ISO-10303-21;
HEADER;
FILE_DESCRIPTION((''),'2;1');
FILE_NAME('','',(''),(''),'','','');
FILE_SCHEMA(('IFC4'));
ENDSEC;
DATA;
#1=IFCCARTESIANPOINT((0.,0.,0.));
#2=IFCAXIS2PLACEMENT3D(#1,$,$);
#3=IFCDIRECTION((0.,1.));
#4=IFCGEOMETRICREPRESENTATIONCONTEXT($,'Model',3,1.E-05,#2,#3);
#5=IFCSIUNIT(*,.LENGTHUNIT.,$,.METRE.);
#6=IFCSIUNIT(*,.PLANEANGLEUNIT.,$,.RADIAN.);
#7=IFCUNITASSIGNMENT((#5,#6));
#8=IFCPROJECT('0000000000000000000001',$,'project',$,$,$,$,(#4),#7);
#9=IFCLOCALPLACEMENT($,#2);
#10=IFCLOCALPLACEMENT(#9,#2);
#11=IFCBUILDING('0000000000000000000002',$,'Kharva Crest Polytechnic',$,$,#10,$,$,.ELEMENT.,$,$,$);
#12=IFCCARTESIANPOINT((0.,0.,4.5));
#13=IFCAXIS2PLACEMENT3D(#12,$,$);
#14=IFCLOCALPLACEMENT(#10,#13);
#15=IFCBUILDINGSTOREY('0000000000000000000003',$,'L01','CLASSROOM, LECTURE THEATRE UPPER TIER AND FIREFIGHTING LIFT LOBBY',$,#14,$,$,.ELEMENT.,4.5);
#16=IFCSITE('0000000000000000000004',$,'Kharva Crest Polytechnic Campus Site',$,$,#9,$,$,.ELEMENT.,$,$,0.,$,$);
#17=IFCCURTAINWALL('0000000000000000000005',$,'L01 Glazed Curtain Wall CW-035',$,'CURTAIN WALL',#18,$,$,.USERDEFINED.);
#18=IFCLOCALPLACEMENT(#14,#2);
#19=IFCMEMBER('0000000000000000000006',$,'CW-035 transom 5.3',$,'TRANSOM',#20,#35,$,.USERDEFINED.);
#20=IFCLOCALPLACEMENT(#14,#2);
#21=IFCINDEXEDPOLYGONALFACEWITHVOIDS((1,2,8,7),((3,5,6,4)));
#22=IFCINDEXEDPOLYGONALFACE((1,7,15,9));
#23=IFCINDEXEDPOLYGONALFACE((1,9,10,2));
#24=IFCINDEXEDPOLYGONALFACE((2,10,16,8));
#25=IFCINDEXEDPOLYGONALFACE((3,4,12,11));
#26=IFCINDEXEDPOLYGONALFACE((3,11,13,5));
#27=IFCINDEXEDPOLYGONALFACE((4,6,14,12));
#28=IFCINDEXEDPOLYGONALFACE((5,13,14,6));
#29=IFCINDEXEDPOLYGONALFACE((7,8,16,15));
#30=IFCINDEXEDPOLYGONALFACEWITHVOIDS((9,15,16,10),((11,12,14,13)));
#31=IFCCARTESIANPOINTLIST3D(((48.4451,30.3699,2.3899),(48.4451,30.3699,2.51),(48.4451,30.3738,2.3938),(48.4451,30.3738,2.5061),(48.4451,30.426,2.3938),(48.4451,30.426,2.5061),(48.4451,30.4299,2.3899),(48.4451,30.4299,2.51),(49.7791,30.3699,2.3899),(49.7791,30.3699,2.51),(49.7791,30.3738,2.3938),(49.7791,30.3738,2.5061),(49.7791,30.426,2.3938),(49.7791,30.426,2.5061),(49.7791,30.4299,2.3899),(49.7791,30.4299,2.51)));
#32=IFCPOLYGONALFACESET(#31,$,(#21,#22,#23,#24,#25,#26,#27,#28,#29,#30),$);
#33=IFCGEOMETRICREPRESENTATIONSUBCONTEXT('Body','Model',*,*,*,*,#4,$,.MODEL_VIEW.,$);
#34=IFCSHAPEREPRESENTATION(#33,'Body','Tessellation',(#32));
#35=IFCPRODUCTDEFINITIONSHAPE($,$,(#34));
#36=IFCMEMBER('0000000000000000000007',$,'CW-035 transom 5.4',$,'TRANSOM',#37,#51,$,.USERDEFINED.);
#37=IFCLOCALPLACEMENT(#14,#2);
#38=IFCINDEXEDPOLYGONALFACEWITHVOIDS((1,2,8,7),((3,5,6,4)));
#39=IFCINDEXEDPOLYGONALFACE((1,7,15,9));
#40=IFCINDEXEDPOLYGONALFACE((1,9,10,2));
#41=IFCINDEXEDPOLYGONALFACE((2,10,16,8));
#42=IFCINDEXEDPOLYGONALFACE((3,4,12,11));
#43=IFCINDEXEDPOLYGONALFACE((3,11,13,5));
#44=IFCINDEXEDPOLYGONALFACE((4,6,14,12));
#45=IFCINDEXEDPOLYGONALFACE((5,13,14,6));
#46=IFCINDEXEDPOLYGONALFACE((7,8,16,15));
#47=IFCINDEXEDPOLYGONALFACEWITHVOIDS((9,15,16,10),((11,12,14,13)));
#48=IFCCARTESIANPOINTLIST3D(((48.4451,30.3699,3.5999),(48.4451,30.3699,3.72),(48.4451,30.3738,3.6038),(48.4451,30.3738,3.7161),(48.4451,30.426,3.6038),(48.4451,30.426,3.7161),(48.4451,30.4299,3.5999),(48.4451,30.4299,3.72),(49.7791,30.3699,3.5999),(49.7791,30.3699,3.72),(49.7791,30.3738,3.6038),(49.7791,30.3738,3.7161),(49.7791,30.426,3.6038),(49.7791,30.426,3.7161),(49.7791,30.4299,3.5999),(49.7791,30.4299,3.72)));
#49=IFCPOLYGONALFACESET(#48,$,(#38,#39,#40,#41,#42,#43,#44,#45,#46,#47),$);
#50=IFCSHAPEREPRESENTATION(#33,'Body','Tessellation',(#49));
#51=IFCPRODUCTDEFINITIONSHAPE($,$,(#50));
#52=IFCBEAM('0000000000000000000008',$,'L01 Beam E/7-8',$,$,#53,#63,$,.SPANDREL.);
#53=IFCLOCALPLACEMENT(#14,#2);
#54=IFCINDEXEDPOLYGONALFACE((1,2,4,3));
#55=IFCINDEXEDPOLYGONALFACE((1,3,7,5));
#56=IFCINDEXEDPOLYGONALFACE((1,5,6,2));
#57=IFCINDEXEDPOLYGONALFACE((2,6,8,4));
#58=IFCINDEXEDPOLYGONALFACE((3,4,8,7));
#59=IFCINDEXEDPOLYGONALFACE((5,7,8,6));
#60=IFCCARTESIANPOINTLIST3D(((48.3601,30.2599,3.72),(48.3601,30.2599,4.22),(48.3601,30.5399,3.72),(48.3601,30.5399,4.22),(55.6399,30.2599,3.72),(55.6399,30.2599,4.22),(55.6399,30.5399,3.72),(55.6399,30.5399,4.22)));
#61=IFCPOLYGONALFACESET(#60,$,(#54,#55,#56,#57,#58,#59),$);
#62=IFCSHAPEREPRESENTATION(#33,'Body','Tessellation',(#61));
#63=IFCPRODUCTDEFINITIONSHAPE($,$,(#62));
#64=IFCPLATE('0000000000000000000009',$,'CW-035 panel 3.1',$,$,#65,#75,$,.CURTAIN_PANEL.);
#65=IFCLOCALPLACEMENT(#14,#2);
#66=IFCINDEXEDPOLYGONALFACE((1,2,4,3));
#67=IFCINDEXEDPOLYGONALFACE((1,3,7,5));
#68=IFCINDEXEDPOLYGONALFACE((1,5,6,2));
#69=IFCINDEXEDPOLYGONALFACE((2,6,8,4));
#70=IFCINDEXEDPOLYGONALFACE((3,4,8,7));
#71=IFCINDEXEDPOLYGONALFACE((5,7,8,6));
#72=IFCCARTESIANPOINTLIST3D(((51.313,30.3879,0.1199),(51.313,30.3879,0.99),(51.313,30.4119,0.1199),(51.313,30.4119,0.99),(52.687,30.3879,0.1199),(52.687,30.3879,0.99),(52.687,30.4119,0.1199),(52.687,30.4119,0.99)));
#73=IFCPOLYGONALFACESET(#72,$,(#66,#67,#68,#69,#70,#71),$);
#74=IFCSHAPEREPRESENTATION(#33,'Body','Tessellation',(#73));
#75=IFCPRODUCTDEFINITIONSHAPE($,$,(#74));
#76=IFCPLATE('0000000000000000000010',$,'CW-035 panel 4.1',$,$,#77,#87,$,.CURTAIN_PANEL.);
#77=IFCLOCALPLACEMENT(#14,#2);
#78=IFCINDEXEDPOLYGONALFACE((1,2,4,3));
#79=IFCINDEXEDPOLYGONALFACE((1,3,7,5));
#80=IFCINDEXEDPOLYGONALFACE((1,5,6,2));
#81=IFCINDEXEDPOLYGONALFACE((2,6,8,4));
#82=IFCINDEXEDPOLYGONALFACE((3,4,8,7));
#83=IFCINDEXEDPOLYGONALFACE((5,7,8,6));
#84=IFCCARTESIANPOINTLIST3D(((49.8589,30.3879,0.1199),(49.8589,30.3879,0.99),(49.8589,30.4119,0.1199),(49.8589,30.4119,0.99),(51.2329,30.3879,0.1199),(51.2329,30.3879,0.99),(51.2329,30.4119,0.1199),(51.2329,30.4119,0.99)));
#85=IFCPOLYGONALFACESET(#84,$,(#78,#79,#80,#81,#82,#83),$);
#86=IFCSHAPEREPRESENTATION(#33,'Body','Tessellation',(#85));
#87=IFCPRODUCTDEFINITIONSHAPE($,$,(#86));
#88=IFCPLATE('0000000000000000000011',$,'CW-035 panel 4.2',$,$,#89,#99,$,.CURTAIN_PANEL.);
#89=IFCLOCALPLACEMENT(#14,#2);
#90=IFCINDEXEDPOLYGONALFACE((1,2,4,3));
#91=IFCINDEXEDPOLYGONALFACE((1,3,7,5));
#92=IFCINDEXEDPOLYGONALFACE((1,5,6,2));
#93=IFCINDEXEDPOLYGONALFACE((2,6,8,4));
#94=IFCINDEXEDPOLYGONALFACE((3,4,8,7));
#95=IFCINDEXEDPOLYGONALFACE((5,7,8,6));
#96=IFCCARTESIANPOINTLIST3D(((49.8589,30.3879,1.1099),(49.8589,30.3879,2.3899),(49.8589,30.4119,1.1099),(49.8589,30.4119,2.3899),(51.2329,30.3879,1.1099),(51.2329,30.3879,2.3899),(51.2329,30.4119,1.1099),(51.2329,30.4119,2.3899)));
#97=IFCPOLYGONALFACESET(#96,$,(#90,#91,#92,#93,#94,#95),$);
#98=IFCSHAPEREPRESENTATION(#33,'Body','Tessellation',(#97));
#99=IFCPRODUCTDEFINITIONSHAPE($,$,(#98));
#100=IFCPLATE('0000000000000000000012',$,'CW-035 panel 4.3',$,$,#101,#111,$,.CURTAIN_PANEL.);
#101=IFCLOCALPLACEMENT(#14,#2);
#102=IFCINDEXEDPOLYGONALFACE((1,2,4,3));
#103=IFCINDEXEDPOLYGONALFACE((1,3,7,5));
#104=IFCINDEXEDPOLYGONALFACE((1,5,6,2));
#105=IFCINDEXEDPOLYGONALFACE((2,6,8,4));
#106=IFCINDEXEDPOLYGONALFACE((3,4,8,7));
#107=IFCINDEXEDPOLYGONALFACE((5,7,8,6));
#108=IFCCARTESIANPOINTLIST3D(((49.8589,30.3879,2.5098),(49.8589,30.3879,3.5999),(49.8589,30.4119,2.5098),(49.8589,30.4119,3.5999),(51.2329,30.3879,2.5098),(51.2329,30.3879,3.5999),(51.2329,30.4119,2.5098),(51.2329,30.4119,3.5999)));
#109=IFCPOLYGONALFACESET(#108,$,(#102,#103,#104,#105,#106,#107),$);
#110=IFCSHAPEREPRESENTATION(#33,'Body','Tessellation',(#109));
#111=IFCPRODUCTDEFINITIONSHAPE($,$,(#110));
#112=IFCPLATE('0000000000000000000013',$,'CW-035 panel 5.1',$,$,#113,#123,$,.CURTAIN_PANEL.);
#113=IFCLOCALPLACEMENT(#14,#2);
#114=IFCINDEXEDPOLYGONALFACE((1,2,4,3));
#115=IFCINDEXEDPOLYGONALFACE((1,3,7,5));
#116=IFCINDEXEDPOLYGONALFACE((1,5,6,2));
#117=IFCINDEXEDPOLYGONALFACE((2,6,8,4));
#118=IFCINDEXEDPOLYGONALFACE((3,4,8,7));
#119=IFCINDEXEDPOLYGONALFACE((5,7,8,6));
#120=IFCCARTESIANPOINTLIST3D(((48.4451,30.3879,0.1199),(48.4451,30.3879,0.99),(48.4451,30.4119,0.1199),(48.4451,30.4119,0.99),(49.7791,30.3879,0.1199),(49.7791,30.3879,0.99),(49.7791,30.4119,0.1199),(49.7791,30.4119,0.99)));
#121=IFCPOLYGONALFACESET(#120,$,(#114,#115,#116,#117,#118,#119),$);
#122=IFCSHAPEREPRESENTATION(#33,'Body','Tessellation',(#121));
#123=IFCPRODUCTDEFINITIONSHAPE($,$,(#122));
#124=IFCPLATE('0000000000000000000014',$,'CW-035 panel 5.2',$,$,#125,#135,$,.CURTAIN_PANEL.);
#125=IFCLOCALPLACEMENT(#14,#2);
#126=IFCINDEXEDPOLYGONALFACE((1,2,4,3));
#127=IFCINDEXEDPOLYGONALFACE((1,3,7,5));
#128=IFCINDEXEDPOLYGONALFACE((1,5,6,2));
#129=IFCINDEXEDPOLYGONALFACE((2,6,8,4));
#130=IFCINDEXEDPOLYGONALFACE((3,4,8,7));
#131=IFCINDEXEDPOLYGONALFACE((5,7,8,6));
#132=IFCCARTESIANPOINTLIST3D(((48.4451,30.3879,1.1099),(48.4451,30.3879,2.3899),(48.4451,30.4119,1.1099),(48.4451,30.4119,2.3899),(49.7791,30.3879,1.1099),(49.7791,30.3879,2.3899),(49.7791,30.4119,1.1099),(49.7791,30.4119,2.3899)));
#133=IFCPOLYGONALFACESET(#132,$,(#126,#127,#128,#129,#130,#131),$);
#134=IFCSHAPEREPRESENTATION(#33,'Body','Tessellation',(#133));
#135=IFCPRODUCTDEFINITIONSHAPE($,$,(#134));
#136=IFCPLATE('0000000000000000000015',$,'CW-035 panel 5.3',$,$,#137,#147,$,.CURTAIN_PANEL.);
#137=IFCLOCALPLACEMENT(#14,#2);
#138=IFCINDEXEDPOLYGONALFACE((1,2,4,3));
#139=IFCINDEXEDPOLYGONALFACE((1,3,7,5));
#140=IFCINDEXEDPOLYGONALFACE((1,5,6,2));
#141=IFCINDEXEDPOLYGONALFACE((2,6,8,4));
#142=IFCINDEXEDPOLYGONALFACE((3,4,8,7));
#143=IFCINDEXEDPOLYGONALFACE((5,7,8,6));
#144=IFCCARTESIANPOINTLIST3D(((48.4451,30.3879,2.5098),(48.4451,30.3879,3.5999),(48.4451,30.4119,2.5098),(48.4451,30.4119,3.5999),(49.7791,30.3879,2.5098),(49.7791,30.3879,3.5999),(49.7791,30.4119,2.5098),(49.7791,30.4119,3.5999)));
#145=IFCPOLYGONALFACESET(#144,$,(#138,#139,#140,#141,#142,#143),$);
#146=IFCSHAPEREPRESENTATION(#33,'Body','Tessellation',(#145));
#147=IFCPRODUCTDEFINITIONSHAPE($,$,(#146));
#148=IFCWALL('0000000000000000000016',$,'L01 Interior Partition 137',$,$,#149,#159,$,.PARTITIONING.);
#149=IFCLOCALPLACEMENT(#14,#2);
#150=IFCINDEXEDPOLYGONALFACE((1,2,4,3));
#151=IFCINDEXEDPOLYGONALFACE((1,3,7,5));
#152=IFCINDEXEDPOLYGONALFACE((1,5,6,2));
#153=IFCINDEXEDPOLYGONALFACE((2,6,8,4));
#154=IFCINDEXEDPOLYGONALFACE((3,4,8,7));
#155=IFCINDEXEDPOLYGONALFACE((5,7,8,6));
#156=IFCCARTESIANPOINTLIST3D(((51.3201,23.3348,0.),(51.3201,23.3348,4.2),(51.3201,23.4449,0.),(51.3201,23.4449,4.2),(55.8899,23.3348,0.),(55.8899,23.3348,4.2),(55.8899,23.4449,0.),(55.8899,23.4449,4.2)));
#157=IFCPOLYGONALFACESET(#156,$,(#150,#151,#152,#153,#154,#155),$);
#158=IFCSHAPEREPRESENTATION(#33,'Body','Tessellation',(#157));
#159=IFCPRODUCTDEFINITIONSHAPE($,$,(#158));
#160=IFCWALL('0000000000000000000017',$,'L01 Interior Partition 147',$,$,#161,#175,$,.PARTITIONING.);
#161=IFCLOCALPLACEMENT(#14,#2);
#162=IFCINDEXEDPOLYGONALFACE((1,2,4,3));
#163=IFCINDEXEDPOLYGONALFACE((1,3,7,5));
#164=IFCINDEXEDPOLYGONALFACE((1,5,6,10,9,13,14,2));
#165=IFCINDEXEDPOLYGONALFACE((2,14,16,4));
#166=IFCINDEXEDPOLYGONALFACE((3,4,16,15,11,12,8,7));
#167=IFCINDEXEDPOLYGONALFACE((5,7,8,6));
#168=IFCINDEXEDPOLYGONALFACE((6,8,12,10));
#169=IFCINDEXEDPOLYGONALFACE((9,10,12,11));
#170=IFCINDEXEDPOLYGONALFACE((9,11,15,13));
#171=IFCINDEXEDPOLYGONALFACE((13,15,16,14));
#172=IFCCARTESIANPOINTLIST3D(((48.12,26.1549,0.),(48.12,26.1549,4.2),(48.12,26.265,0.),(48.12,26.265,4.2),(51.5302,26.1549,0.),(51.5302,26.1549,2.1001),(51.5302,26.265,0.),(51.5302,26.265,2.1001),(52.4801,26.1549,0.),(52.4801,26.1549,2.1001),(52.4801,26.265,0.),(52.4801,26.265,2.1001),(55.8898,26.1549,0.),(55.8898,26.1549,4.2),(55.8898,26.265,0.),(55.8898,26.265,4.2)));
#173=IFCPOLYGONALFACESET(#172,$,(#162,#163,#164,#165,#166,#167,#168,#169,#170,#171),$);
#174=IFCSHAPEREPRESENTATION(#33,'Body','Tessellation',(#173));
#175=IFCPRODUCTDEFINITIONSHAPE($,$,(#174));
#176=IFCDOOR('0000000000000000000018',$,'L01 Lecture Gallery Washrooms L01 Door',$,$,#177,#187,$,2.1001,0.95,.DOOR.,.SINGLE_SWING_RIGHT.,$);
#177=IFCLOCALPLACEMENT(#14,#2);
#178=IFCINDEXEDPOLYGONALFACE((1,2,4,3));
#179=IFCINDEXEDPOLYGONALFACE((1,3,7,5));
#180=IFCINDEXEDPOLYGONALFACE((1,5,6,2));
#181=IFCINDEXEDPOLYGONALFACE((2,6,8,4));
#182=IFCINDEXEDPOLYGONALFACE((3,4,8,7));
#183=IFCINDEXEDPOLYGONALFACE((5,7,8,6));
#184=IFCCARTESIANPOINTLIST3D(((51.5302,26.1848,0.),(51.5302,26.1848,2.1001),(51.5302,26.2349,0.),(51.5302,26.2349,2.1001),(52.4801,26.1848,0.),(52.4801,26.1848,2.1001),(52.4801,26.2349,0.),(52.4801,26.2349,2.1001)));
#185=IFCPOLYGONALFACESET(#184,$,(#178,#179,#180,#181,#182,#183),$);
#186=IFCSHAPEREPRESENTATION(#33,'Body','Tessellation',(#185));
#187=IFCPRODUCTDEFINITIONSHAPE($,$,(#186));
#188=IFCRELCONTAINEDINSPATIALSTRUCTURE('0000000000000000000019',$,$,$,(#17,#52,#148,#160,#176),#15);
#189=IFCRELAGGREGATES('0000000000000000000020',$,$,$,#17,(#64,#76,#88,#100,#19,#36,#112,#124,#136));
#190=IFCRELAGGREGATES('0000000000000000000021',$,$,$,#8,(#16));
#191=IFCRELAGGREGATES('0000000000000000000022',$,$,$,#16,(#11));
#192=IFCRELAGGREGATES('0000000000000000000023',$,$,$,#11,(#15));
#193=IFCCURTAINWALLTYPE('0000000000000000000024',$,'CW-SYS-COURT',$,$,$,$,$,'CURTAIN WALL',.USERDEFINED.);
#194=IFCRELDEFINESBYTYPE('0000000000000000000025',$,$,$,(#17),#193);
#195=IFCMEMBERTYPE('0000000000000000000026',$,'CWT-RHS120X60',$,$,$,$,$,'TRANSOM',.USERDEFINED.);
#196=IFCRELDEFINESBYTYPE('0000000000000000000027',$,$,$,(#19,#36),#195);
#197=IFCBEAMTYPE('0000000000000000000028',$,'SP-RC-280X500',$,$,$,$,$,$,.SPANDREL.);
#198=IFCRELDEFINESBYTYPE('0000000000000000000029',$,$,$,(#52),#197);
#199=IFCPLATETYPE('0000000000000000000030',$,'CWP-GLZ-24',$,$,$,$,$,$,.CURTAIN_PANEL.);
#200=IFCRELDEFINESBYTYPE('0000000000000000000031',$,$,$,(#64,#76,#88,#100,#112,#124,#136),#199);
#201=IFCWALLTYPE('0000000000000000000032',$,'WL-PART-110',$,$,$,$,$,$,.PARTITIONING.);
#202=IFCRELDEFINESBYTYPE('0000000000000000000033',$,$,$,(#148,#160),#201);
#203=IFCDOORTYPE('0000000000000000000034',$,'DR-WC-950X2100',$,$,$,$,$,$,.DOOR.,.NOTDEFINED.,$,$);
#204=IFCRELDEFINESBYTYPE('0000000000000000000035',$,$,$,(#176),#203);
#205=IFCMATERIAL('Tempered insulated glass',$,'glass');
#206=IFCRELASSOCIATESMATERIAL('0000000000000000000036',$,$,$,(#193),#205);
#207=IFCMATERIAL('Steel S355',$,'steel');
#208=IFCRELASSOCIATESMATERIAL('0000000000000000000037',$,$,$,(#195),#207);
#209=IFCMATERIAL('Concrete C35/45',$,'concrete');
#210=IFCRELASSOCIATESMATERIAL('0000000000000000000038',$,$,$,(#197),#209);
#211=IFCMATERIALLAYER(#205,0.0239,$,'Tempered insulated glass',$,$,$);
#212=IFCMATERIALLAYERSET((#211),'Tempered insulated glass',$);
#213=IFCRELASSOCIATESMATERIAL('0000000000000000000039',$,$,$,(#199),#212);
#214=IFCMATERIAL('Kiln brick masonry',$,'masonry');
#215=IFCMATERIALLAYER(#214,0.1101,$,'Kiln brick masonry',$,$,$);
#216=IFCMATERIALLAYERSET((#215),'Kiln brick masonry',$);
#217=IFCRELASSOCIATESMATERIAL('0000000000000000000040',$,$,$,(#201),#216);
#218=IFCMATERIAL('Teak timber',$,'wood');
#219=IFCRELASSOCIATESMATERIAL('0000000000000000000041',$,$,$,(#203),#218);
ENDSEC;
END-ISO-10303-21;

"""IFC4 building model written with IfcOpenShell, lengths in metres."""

from ifc_helpers import new_model, si_unit, direction, frame, frame_2d, origin, origin_2d, place, context, subcontext, project, spatial, rectangle, hollow_rectangle, extrude, material, layer, layer_set, material_profile, profile_set, type_object, element, fill, aggregate, save


model = new_model("IFC4")

# Units and contexts
model_context = context("Model", 3, precision=1e-05, world=origin(), true_north=direction((0.0, 1.0)))
body_context = subcontext(model_context, "Body", "Model", "MODEL_VIEW")
ifc_project = project(units=[si_unit("LENGTHUNIT", "METRE"), si_unit("PLANEANGLEUNIT", "RADIAN")], contexts=[model_context])

# Site, building, storey
site_placement = place(None, origin())
site = spatial("IfcSite", under=ifc_project, at=site_placement, Name="Kharva Crest Polytechnic Campus Site", CompositionType="ELEMENT", RefElevation=0.0)
building_placement = place(site_placement, origin())
building = spatial("IfcBuilding", under=site, at=building_placement, Name="Kharva Crest Polytechnic", CompositionType="ELEMENT")
storey_placement = place(building_placement, frame((0.0, 0.0, 4.5)))
storey = spatial("IfcBuildingStorey", under=building, at=storey_placement, Name="L01", Description="CLASSROOM, LECTURE THEATRE UPPER TIER AND FIREFIGHTING LIFT LOBBY", CompositionType="ELEMENT", Elevation=4.5)

# Shared definitions
ifc_material_1 = material(Name="Concrete C35/45", Category="concrete")

# Curtain wall, members
ifc_material_2 = material(Name="Tempered insulated glass", Category="glass")
curtain_wall_type = type_object("IfcCurtainWallType", Name="CW-SYS-COURT", ElementType="CURTAIN WALL", PredefinedType="USERDEFINED", material=ifc_material_2)
curtain_wall_placement = place(storey_placement, origin())
curtain_wall = element("IfcCurtainWall", 1, at=curtain_wall_placement, inside=storey, type_object=curtain_wall_type, Name="L01 Glazed Curtain Wall CW-035", ObjectType="CURTAIN WALL", PredefinedType="USERDEFINED")
ifc_material_3 = material(Name="Steel S355", Category="steel")
ifc_material_profile_1 = material_profile(ifc_material_3, hollow_rectangle(XDim=0.0601, YDim=0.1201, WallThickness=0.0039, at=origin_2d()), Name="RHS 120X60X4.0")
ifc_profile_set_1 = profile_set([ifc_material_profile_1], Name="Steel S355")
member_type_1 = type_object("IfcMemberType", Name="CWT-RHS120X60", ElementType="TRANSOM", PredefinedType="USERDEFINED", material=ifc_profile_set_1)
member_1_placement = place(storey_placement, frame((49.7791, 30.3999, 2.45), z_axis=(-1.0, 0.0, 0.0), x_axis=(0.0, -1.0, 0.0)))
member_1 = element("IfcMember", 2, at=member_1_placement, type_object=member_type_1, Name="CW-035 transom 5.3", ObjectType="TRANSOM", PredefinedType="USERDEFINED", context=body_context, shape_type="SweptSolid", body=[
    extrude(hollow_rectangle(XDim=0.0601, YDim=0.1201, WallThickness=0.0039, at=origin_2d()), origin(), (0.0, 0.0, 1.0), 1.334),
])
member_2_placement = place(storey_placement, frame((49.7791, 30.3999, 3.6599), z_axis=(-1.0, 0.0, 0.0), x_axis=(0.0, -1.0, 0.0)))
member_2 = element("IfcMember", 3, at=member_2_placement, type_object=member_type_1, Name="CW-035 transom 5.4", ObjectType="TRANSOM", PredefinedType="USERDEFINED", context=body_context, shape_type="SweptSolid", body=[
    extrude(hollow_rectangle(XDim=0.0601, YDim=0.1201, WallThickness=0.0039, at=origin_2d()), origin(), (0.0, 0.0, 1.0), 1.334),
])

# Beam
ifc_material_profile_2 = material_profile(ifc_material_1, rectangle(XDim=0.28, YDim=0.5, at=origin_2d()), Name="RECT 280 X 500")
ifc_profile_set_2 = profile_set([ifc_material_profile_2], Name="Concrete C35/45")
beam_type_1 = type_object("IfcBeamType", Name="SP-RC-280X500", PredefinedType="SPANDREL", material=ifc_profile_set_2)
beam_1_placement = place(storey_placement, frame((48.3601, 30.3999, 3.97), z_axis=(1.0, 0.0, 0.0), x_axis=(0.0, 1.0, 0.0)))
element("IfcBeam", 4, at=beam_1_placement, inside=storey, type_object=beam_type_1, Name="L01 Beam E/7-8", PredefinedType="SPANDREL", context=body_context, shape_type="SweptSolid", body=[
    extrude(rectangle(XDim=0.28, YDim=0.5, at=origin_2d()), origin(), (0.0, 0.0, 1.0), 7.2798),
])

# Plates
ifc_layer_1 = layer(ifc_material_2, 0.0239, Name="Tempered insulated glass")
ifc_layer_set_1 = layer_set([ifc_layer_1], Name="Tempered insulated glass")
plate_type = type_object("IfcPlateType", Name="CWP-GLZ-24", PredefinedType="CURTAIN_PANEL", material=ifc_layer_set_1)
plate_1_placement = place(storey_placement, frame((52.0, 30.3999, 0.1199), z_axis=(0.0, 0.0, 1.0), x_axis=(-1.0, 0.0, 0.0)))
plate_1 = element("IfcPlate", 5, at=plate_1_placement, type_object=plate_type, Name="CW-035 panel 3.1", PredefinedType="CURTAIN_PANEL", context=body_context, shape_type="SweptSolid", body=[
    extrude(rectangle(XDim=1.374, YDim=0.0239, at=origin_2d()), origin(), (0.0, 0.0, 1.0), 0.8701),
])
plate_2_placement = place(storey_placement, frame((50.5459, 30.3999, 0.1199), z_axis=(0.0, 0.0, 1.0), x_axis=(-1.0, 0.0, 0.0)))
plate_2 = element("IfcPlate", 6, at=plate_2_placement, type_object=plate_type, Name="CW-035 panel 4.1", PredefinedType="CURTAIN_PANEL", context=body_context, shape_type="SweptSolid", body=[
    extrude(rectangle(XDim=1.374, YDim=0.0239, at=origin_2d()), origin(), (0.0, 0.0, 1.0), 0.8701),
])
plate_3_placement = place(storey_placement, frame((50.5459, 30.3999, 1.1099), z_axis=(0.0, 0.0, 1.0), x_axis=(-1.0, 0.0, 0.0)))
plate_3 = element("IfcPlate", 7, at=plate_3_placement, type_object=plate_type, Name="CW-035 panel 4.2", PredefinedType="CURTAIN_PANEL", context=body_context, shape_type="SweptSolid", body=[
    extrude(rectangle(XDim=1.374, YDim=0.0239, at=origin_2d()), origin(), (0.0, 0.0, 1.0), 1.28),
])
plate_4_placement = place(storey_placement, frame((50.5459, 30.3999, 2.5098), z_axis=(0.0, 0.0, 1.0), x_axis=(-1.0, 0.0, 0.0)))
plate_4 = element("IfcPlate", 8, at=plate_4_placement, type_object=plate_type, Name="CW-035 panel 4.3", PredefinedType="CURTAIN_PANEL", context=body_context, shape_type="SweptSolid", body=[
    extrude(rectangle(XDim=1.374, YDim=0.0239, at=origin_2d()), origin(), (0.0, 0.0, 1.0), 1.0901),
])
plate_5_placement = place(storey_placement, frame((49.1121, 30.3999, 0.1199), z_axis=(0.0, 0.0, 1.0), x_axis=(-1.0, 0.0, 0.0)))
plate_5 = element("IfcPlate", 9, at=plate_5_placement, type_object=plate_type, Name="CW-035 panel 5.1", PredefinedType="CURTAIN_PANEL", context=body_context, shape_type="SweptSolid", body=[
    extrude(rectangle(XDim=1.334, YDim=0.0239, at=origin_2d()), origin(), (0.0, 0.0, 1.0), 0.8701),
])
plate_6_placement = place(storey_placement, frame((49.1121, 30.3999, 1.1099), z_axis=(0.0, 0.0, 1.0), x_axis=(-1.0, 0.0, 0.0)))
plate_6 = element("IfcPlate", 10, at=plate_6_placement, type_object=plate_type, Name="CW-035 panel 5.2", PredefinedType="CURTAIN_PANEL", context=body_context, shape_type="SweptSolid", body=[
    extrude(rectangle(XDim=1.334, YDim=0.0239, at=origin_2d()), origin(), (0.0, 0.0, 1.0), 1.28),
])
plate_7_placement = place(storey_placement, frame((49.1121, 30.3999, 2.5098), z_axis=(0.0, 0.0, 1.0), x_axis=(-1.0, 0.0, 0.0)))
plate_7 = element("IfcPlate", 11, at=plate_7_placement, type_object=plate_type, Name="CW-035 panel 5.3", PredefinedType="CURTAIN_PANEL", context=body_context, shape_type="SweptSolid", body=[
    extrude(rectangle(XDim=1.334, YDim=0.0239, at=origin_2d()), origin(), (0.0, 0.0, 1.0), 1.0901),
])
aggregate(curtain_wall, [plate_1, plate_2, plate_3, plate_4, member_1, member_2, plate_5, plate_6, plate_7])

# Wall
ifc_material_4 = material(Name="Kiln brick masonry", Category="masonry")
ifc_layer_2 = layer(ifc_material_4, 0.1101, Name="Kiln brick masonry")
ifc_layer_set_2 = layer_set([ifc_layer_2], Name="Kiln brick masonry")
wall_type_1 = type_object("IfcWallType", Name="WL-PART-110", PredefinedType="PARTITIONING", material=ifc_layer_set_2)
wall_1_placement = place(storey_placement, frame((51.3201, 23.3899, 0.0), z_axis=(0.0, 0.0, 1.0), x_axis=(1.0, 0.0, 0.0)))
element("IfcWall", 12, at=wall_1_placement, inside=storey, type_object=wall_type_1, Name="L01 Interior Partition 137", PredefinedType="PARTITIONING", context=body_context, shape_type="SweptSolid", body=[
    extrude(rectangle(XDim=4.5698, YDim=0.1101, at=frame_2d((2.2849, 0.0))), origin(), (0.0, 0.0, 1.0), 4.2),
])

# Wall, opening, door
wall_2_placement = place(storey_placement, frame((48.1201, 26.21, 0.0), z_axis=(0.0, 0.0, 1.0), x_axis=(1.0, 0.0, 0.0)))
wall_2 = element("IfcWall", 13, at=wall_2_placement, inside=storey, type_object=wall_type_1, Name="L01 Interior Partition 147", PredefinedType="PARTITIONING", context=body_context, shape_type="SweptSolid", body=[
    extrude(rectangle(XDim=7.7698, YDim=0.1101, at=frame_2d((3.8848, 0.0))), origin(), (0.0, 0.0, 1.0), 4.2),
])
opening_placement = place(wall_2_placement, frame((3.4099, 0.0, 0.0)))
opening = element("IfcOpeningElement", 14, at=opening_placement, cuts=wall_2, PredefinedType="OPENING", context=body_context, shape_type="SweptSolid", body=[
    extrude(rectangle(XDim=0.95, YDim=2.1001, at=frame_2d((0.4751, 1.05))), frame((0.0, 0.0649, 0.0), z_axis=(0.0, -1.0, 0.0), x_axis=(1.0, 0.0, 0.0)), (0.0, 0.0, 1.0), 0.1301),
])
ifc_material_5 = material(Name="Teak timber", Category="wood")
door_type = type_object("IfcDoorType", Name="DR-WC-950X2100", OperationType="NOTDEFINED", PredefinedType="DOOR", material=ifc_material_5)
door_placement = place(opening_placement, origin())
door = element("IfcDoor", 15, at=door_placement, inside=storey, type_object=door_type, Name="L01 Lecture Gallery Washrooms L01 Door", OperationType="SINGLE_SWING_RIGHT", OverallHeight=2.1001, OverallWidth=0.95, PredefinedType="DOOR", context=body_context, shape_type="SweptSolid", body=[
    extrude(rectangle(XDim=0.95, YDim=2.1001, at=frame_2d((0.4751, 1.05))), frame((0.0, 0.0249, 0.0), z_axis=(0.0, -1.0, 0.0), x_axis=(1.0, 0.0, 0.0)), (0.0, 0.0, 1.0), 0.05),
])
fill(opening, door)

save(model, "model.ifc")
